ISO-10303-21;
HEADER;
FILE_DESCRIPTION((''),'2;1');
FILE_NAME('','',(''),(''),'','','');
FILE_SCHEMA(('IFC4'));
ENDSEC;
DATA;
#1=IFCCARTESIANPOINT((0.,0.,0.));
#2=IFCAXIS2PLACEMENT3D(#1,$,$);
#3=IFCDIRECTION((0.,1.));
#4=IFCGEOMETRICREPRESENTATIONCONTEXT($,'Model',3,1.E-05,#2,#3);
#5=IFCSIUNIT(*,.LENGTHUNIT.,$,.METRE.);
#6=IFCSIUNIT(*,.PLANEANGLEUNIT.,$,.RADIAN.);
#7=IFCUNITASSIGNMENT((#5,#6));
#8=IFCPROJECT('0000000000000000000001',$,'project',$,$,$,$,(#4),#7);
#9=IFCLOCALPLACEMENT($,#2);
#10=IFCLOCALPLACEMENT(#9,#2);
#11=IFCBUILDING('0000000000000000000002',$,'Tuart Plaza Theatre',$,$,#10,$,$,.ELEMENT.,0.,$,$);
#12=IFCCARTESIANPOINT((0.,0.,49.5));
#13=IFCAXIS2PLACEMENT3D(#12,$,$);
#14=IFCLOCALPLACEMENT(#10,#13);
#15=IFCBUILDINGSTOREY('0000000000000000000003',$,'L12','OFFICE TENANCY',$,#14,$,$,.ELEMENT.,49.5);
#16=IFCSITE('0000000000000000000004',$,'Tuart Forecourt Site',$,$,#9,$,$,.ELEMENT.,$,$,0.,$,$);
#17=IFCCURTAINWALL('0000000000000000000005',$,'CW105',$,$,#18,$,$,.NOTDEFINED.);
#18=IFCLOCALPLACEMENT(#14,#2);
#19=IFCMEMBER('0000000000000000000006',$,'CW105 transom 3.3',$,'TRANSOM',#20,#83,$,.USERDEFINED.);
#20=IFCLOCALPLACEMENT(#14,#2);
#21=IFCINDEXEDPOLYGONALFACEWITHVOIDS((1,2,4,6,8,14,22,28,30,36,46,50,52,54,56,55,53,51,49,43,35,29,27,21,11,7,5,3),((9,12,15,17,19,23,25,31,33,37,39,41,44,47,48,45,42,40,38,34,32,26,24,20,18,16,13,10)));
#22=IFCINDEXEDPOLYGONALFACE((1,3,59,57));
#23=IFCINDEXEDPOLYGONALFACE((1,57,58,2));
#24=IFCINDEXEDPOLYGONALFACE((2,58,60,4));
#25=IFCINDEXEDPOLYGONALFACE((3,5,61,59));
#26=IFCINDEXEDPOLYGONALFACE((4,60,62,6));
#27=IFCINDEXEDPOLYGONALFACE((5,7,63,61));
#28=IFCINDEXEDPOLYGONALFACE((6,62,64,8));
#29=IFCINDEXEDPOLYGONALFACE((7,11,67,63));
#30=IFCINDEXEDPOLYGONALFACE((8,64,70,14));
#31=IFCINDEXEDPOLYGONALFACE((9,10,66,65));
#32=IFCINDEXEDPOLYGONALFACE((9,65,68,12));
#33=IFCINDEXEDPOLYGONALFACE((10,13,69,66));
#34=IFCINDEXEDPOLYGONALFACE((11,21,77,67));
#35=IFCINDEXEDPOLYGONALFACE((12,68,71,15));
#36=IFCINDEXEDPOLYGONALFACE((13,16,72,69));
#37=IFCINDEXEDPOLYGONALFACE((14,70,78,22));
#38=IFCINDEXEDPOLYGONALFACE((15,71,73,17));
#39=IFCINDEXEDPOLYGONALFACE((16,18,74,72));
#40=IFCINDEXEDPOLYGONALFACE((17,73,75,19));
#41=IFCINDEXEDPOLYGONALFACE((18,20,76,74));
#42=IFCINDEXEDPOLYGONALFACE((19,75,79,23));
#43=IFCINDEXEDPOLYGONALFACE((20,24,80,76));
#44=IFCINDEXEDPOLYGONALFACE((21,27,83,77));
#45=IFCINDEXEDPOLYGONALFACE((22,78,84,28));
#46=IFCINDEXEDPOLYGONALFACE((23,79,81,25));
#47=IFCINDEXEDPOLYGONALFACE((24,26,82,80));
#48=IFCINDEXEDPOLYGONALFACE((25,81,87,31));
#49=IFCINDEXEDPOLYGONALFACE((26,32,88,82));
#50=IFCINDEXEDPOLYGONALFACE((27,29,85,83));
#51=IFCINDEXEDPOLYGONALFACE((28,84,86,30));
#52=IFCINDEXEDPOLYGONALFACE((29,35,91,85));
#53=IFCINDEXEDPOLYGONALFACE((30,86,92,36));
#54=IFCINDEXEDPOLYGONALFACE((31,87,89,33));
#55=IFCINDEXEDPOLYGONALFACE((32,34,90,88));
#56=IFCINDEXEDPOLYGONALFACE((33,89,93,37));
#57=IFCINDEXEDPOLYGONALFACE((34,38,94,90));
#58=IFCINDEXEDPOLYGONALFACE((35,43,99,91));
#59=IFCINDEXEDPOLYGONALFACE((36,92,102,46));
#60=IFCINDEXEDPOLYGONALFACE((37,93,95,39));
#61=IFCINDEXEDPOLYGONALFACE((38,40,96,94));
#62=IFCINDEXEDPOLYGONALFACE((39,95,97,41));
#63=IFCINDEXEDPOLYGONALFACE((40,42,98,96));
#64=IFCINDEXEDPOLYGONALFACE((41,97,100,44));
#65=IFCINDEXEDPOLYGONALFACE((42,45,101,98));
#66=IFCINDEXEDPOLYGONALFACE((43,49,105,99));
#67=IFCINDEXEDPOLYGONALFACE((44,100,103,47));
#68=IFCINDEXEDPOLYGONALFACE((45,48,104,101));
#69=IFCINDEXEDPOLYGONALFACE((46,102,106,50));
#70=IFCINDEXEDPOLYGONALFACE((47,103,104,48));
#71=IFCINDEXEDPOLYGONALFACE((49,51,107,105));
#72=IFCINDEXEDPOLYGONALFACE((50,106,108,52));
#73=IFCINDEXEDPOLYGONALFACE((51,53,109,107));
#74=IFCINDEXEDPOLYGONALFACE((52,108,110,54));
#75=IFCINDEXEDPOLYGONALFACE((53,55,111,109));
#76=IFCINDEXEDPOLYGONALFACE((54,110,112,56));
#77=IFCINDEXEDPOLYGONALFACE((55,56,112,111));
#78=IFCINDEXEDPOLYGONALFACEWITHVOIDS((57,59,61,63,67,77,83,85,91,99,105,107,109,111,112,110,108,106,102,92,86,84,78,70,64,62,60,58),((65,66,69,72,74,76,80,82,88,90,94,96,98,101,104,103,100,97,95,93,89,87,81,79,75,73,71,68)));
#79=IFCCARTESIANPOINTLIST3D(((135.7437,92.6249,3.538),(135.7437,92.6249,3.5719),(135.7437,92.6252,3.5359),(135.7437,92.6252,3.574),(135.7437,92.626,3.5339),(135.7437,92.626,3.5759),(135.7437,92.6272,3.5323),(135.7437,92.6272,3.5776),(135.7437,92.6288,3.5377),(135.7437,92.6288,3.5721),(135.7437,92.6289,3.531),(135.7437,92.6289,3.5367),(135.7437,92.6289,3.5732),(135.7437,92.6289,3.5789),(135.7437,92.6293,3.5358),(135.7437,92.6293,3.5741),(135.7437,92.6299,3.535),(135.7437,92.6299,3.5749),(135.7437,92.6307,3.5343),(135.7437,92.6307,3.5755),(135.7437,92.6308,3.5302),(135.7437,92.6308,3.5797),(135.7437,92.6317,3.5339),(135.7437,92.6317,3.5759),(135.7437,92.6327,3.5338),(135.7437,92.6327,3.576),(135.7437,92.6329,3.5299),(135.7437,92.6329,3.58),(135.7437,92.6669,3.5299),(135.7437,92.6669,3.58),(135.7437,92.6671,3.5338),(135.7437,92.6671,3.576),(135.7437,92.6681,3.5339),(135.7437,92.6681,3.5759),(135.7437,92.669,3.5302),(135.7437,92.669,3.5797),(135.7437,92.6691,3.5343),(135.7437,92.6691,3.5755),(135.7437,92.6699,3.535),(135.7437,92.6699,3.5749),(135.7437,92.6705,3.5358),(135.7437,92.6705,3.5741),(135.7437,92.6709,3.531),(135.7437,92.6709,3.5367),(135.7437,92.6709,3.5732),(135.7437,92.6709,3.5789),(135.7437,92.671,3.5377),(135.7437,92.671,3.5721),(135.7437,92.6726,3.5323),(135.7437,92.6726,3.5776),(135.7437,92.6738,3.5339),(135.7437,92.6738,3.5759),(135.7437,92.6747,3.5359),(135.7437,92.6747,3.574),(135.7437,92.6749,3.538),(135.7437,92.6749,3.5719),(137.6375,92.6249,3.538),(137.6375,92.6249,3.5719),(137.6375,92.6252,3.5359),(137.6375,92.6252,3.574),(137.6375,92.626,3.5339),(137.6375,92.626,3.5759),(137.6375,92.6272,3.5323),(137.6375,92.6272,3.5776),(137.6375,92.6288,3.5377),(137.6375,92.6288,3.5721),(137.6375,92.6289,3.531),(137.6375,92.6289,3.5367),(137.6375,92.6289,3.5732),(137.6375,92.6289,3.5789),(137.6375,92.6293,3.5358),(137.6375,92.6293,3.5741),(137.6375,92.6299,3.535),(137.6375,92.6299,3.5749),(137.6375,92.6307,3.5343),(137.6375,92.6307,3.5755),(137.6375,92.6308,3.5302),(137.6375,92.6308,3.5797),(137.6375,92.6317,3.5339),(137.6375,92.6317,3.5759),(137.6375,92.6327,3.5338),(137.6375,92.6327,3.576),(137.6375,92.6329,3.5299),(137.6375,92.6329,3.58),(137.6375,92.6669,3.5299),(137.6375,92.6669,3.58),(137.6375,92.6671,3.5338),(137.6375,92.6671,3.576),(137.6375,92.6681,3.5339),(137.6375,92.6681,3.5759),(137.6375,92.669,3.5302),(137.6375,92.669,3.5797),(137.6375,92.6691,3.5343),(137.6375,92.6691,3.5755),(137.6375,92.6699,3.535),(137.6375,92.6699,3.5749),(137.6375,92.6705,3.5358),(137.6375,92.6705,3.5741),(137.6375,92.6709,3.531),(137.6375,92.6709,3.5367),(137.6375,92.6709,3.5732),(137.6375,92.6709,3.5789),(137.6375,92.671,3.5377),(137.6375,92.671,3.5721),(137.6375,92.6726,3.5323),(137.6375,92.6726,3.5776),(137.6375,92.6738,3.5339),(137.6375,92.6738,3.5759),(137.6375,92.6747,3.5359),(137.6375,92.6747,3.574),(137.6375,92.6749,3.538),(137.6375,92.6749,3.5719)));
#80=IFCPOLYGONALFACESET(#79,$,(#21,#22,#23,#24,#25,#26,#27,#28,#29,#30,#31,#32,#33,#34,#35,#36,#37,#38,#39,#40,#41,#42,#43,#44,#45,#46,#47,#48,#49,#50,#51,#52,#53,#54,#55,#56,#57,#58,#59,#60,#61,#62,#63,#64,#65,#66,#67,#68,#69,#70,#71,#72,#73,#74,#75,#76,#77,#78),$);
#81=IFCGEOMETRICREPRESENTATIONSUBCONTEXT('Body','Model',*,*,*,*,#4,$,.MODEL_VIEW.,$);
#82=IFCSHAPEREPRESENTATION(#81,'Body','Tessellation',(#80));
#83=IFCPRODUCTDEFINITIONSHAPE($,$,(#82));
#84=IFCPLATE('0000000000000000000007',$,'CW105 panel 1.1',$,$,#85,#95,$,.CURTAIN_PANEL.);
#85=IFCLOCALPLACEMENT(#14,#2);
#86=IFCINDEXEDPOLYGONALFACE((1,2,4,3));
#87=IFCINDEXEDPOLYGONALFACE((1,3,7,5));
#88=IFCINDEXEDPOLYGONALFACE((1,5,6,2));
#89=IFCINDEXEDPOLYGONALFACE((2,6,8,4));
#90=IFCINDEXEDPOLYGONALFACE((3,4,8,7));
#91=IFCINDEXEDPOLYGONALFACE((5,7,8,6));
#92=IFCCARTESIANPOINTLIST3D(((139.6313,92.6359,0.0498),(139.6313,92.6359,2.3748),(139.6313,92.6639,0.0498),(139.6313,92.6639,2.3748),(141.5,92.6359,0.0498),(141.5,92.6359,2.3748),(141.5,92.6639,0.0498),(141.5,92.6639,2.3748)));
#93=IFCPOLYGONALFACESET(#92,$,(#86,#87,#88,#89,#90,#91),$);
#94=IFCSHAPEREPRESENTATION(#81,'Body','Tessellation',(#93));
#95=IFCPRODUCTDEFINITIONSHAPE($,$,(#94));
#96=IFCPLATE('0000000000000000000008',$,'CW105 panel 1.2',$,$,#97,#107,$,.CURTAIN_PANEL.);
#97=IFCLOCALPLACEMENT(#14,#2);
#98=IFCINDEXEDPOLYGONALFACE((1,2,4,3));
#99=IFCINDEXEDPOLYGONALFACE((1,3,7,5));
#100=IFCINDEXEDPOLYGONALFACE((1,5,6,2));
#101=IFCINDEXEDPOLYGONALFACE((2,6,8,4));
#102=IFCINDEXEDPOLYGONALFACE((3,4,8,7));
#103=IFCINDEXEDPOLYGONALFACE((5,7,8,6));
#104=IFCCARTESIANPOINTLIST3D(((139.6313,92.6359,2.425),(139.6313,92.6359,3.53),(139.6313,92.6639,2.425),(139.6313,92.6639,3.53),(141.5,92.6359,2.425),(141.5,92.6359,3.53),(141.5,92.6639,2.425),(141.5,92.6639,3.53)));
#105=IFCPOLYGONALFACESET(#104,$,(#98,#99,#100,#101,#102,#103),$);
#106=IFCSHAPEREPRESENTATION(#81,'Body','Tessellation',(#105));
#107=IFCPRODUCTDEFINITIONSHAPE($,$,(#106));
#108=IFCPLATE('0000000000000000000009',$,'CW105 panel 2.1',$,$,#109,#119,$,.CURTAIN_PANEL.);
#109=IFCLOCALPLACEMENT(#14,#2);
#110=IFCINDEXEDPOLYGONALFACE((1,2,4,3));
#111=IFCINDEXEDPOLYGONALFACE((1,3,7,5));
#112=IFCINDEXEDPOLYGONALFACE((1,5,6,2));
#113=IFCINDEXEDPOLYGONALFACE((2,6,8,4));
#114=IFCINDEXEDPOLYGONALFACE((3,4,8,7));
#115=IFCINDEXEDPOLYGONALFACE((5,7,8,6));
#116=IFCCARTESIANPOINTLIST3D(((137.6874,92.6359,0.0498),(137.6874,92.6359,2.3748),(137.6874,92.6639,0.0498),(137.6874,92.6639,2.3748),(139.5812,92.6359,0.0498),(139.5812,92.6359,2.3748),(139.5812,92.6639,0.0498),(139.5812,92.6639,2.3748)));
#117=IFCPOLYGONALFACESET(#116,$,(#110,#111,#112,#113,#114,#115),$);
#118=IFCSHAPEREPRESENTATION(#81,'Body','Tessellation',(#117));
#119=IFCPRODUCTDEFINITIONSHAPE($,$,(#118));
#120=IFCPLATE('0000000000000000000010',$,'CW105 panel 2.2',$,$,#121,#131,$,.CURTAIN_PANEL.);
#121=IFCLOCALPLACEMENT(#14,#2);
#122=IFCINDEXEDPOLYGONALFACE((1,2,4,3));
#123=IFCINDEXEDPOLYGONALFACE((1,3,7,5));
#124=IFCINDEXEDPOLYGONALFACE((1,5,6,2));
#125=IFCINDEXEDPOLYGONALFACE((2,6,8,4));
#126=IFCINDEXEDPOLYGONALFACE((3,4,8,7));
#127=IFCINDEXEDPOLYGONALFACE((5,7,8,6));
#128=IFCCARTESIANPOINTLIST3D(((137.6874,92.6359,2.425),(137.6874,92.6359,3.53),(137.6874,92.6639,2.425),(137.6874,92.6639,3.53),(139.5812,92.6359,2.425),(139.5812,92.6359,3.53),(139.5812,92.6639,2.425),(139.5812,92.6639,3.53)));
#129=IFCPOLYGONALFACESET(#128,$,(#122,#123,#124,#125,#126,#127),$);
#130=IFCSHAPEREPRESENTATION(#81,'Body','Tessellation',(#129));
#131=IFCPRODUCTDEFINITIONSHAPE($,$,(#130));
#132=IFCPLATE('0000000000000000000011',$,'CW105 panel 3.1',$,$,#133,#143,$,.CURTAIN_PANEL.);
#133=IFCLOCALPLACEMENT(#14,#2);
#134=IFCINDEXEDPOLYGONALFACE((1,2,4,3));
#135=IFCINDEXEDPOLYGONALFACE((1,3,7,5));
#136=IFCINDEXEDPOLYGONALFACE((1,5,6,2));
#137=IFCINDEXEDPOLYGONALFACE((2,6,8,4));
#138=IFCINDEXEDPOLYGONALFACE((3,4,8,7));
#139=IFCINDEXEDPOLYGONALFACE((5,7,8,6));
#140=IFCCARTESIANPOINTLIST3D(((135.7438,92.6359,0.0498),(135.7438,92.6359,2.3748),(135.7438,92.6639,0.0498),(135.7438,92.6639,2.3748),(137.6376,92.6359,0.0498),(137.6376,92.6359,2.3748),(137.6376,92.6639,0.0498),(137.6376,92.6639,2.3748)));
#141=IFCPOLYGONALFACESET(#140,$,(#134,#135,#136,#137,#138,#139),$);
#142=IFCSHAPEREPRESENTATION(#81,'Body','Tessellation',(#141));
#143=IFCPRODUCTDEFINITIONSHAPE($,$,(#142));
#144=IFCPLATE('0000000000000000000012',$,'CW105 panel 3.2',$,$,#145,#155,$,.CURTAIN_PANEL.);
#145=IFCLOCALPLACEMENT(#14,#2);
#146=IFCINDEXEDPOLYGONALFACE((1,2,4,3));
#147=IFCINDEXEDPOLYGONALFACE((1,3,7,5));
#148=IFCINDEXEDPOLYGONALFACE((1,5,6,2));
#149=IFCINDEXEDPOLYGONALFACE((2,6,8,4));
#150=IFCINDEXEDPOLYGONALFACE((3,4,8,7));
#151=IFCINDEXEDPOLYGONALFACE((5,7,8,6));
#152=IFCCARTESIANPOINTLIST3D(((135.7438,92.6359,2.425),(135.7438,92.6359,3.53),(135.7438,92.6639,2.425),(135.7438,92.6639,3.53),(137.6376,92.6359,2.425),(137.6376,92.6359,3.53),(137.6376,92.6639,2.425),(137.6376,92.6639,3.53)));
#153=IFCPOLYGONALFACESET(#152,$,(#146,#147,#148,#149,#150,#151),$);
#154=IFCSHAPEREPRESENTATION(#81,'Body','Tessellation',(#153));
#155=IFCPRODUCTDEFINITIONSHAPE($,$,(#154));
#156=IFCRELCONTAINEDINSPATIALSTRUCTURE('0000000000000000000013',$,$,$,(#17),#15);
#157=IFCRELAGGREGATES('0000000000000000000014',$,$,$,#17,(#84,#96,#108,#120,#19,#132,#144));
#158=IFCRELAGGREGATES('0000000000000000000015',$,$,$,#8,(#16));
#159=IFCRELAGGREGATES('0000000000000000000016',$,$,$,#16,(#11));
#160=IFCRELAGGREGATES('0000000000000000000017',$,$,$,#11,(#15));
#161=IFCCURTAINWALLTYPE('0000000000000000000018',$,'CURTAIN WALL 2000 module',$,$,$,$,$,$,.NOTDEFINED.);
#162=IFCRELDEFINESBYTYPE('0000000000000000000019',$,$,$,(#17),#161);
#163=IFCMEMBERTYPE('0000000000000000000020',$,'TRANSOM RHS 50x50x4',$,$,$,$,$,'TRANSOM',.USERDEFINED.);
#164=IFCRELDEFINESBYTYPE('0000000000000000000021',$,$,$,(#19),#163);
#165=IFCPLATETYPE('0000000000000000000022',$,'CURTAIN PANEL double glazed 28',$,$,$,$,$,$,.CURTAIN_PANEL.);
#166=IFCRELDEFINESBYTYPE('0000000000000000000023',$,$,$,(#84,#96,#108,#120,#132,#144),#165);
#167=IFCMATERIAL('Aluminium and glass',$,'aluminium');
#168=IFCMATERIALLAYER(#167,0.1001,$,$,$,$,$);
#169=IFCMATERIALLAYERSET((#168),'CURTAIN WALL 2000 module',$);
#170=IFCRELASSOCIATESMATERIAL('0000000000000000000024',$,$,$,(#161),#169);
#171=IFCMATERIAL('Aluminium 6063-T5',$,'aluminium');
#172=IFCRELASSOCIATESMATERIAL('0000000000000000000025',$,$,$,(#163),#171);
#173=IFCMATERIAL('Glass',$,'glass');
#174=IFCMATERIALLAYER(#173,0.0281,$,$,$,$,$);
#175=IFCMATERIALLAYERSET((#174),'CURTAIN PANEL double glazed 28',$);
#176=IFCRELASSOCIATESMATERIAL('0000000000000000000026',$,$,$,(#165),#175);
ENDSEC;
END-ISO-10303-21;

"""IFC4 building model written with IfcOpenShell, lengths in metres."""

from ifc_helpers import new_model, si_unit, direction, frame, origin, origin_2d, place, context, subcontext, project, spatial, rectangle, hollow_rectangle, extrude, material, layer, layer_set, material_profile, profile_set, type_object, element, aggregate, save


model = new_model("IFC4")

# Units and contexts
model_context = context("Model", 3, precision=1e-05, world=origin(), true_north=direction((0.0, 1.0)))
body_context = subcontext(model_context, "Body", "Model", "MODEL_VIEW")
ifc_project = project(units=[si_unit("LENGTHUNIT", "METRE"), si_unit("PLANEANGLEUNIT", "RADIAN")], contexts=[model_context])

# Site, building, storey
site_placement = place(None, origin())
site = spatial("IfcSite", under=ifc_project, at=site_placement, Name="Tuart Forecourt Site", CompositionType="ELEMENT", RefElevation=0.0)
building_placement = place(site_placement, origin())
building = spatial("IfcBuilding", under=site, at=building_placement, Name="Tuart Plaza Theatre", CompositionType="ELEMENT", ElevationOfRefHeight=0.0)
storey_placement = place(building_placement, frame((0.0, 0.0, 49.5)))
storey = spatial("IfcBuildingStorey", under=building, at=storey_placement, Name="L12", Description="OFFICE TENANCY", CompositionType="ELEMENT", Elevation=49.5)

# Shared definitions
ifc_material_1 = material(Name="Aluminium and glass", Category="aluminium")
ifc_layer_1 = layer(ifc_material_1, 0.1001)
ifc_layer_set_1 = layer_set([ifc_layer_1], Name="CURTAIN WALL 2000 module")
curtain_wall_type = type_object("IfcCurtainWallType", Name="CURTAIN WALL 2000 module", PredefinedType="NOTDEFINED", material=ifc_layer_set_1)

# Curtain wall, member, plates
curtain_wall_1_placement = place(storey_placement, origin())
curtain_wall_1 = element("IfcCurtainWall", 1, at=curtain_wall_1_placement, inside=storey, type_object=curtain_wall_type, Name="CW105", PredefinedType="NOTDEFINED")
ifc_material_2 = material(Name="Aluminium 6063-T5", Category="aluminium")
ifc_material_profile_1 = material_profile(ifc_material_2, hollow_rectangle(XDim=0.05, YDim=0.05, WallThickness=0.0039, InnerFilletRadius=0.0039, OuterFilletRadius=0.0081, at=origin_2d()), Name="RHS 50x50x4")
ifc_profile_set_1 = profile_set([ifc_material_profile_1], Name="Aluminium 6063-T5")
member_type_1 = type_object("IfcMemberType", Name="TRANSOM RHS 50x50x4", ElementType="TRANSOM", PredefinedType="USERDEFINED", material=ifc_profile_set_1)
member_1_placement = place(storey_placement, frame((137.6375, 92.6499, 3.5549), z_axis=(-1.0, 0.0, 0.0), x_axis=(0.0, -1.0, 0.0)))
member_1 = element("IfcMember", 2, at=member_1_placement, type_object=member_type_1, Name="CW105 transom 3.3", ObjectType="TRANSOM", PredefinedType="USERDEFINED", context=body_context, shape_type="SweptSolid", body=[
    extrude(hollow_rectangle(XDim=0.05, YDim=0.05, WallThickness=0.0039, InnerFilletRadius=0.0039, OuterFilletRadius=0.0081, at=origin_2d()), origin(), (0.0, 0.0, 1.0), 1.8938),
])
ifc_material_3 = material(Name="Glass", Category="glass")
ifc_layer_2 = layer(ifc_material_3, 0.0281)
ifc_layer_set_2 = layer_set([ifc_layer_2], Name="CURTAIN PANEL double glazed 28")
plate_type = type_object("IfcPlateType", Name="CURTAIN PANEL double glazed 28", PredefinedType="CURTAIN_PANEL", material=ifc_layer_set_2)
plate_1_placement = place(storey_placement, frame((140.5657, 92.6499, 0.0498), z_axis=(0.0, 0.0, 1.0), x_axis=(-1.0, 0.0, 0.0)))
plate_1 = element("IfcPlate", 3, at=plate_1_placement, type_object=plate_type, Name="CW105 panel 1.1", PredefinedType="CURTAIN_PANEL", context=body_context, shape_type="SweptSolid", body=[
    extrude(rectangle(XDim=1.8687, YDim=0.0281, at=origin_2d()), origin(), (0.0, 0.0, 1.0), 2.325),
])
plate_2_placement = place(storey_placement, frame((140.5657, 92.6499, 2.425), z_axis=(0.0, 0.0, 1.0), x_axis=(-1.0, 0.0, 0.0)))
plate_2 = element("IfcPlate", 4, at=plate_2_placement, type_object=plate_type, Name="CW105 panel 1.2", PredefinedType="CURTAIN_PANEL", context=body_context, shape_type="SweptSolid", body=[
    extrude(rectangle(XDim=1.8687, YDim=0.0281, at=origin_2d()), origin(), (0.0, 0.0, 1.0), 1.105),
])
plate_3_placement = place(storey_placement, frame((138.6343, 92.6499, 0.0498), z_axis=(0.0, 0.0, 1.0), x_axis=(-1.0, 0.0, 0.0)))
plate_3 = element("IfcPlate", 5, at=plate_3_placement, type_object=plate_type, Name="CW105 panel 2.1", PredefinedType="CURTAIN_PANEL", context=body_context, shape_type="SweptSolid", body=[
    extrude(rectangle(XDim=1.8938, YDim=0.0281, at=origin_2d()), origin(), (0.0, 0.0, 1.0), 2.325),
])
plate_4_placement = place(storey_placement, frame((138.6343, 92.6499, 2.425), z_axis=(0.0, 0.0, 1.0), x_axis=(-1.0, 0.0, 0.0)))
plate_4 = element("IfcPlate", 6, at=plate_4_placement, type_object=plate_type, Name="CW105 panel 2.2", PredefinedType="CURTAIN_PANEL", context=body_context, shape_type="SweptSolid", body=[
    extrude(rectangle(XDim=1.8938, YDim=0.0281, at=origin_2d()), origin(), (0.0, 0.0, 1.0), 1.105),
])
plate_5_placement = place(storey_placement, frame((136.6907, 92.6499, 0.0498), z_axis=(0.0, 0.0, 1.0), x_axis=(-1.0, 0.0, 0.0)))
plate_5 = element("IfcPlate", 7, at=plate_5_placement, type_object=plate_type, Name="CW105 panel 3.1", PredefinedType="CURTAIN_PANEL", context=body_context, shape_type="SweptSolid", body=[
    extrude(rectangle(XDim=1.8938, YDim=0.0281, at=origin_2d()), origin(), (0.0, 0.0, 1.0), 2.325),
])
plate_6_placement = place(storey_placement, frame((136.6907, 92.6499, 2.425), z_axis=(0.0, 0.0, 1.0), x_axis=(-1.0, 0.0, 0.0)))
plate_6 = element("IfcPlate", 8, at=plate_6_placement, type_object=plate_type, Name="CW105 panel 3.2", PredefinedType="CURTAIN_PANEL", context=body_context, shape_type="SweptSolid", body=[
    extrude(rectangle(XDim=1.8938, YDim=0.0281, at=origin_2d()), origin(), (0.0, 0.0, 1.0), 1.105),
])
aggregate(curtain_wall_1, [plate_1, plate_2, plate_3, plate_4, member_1, plate_5, plate_6])

save(model, "model.ifc")
